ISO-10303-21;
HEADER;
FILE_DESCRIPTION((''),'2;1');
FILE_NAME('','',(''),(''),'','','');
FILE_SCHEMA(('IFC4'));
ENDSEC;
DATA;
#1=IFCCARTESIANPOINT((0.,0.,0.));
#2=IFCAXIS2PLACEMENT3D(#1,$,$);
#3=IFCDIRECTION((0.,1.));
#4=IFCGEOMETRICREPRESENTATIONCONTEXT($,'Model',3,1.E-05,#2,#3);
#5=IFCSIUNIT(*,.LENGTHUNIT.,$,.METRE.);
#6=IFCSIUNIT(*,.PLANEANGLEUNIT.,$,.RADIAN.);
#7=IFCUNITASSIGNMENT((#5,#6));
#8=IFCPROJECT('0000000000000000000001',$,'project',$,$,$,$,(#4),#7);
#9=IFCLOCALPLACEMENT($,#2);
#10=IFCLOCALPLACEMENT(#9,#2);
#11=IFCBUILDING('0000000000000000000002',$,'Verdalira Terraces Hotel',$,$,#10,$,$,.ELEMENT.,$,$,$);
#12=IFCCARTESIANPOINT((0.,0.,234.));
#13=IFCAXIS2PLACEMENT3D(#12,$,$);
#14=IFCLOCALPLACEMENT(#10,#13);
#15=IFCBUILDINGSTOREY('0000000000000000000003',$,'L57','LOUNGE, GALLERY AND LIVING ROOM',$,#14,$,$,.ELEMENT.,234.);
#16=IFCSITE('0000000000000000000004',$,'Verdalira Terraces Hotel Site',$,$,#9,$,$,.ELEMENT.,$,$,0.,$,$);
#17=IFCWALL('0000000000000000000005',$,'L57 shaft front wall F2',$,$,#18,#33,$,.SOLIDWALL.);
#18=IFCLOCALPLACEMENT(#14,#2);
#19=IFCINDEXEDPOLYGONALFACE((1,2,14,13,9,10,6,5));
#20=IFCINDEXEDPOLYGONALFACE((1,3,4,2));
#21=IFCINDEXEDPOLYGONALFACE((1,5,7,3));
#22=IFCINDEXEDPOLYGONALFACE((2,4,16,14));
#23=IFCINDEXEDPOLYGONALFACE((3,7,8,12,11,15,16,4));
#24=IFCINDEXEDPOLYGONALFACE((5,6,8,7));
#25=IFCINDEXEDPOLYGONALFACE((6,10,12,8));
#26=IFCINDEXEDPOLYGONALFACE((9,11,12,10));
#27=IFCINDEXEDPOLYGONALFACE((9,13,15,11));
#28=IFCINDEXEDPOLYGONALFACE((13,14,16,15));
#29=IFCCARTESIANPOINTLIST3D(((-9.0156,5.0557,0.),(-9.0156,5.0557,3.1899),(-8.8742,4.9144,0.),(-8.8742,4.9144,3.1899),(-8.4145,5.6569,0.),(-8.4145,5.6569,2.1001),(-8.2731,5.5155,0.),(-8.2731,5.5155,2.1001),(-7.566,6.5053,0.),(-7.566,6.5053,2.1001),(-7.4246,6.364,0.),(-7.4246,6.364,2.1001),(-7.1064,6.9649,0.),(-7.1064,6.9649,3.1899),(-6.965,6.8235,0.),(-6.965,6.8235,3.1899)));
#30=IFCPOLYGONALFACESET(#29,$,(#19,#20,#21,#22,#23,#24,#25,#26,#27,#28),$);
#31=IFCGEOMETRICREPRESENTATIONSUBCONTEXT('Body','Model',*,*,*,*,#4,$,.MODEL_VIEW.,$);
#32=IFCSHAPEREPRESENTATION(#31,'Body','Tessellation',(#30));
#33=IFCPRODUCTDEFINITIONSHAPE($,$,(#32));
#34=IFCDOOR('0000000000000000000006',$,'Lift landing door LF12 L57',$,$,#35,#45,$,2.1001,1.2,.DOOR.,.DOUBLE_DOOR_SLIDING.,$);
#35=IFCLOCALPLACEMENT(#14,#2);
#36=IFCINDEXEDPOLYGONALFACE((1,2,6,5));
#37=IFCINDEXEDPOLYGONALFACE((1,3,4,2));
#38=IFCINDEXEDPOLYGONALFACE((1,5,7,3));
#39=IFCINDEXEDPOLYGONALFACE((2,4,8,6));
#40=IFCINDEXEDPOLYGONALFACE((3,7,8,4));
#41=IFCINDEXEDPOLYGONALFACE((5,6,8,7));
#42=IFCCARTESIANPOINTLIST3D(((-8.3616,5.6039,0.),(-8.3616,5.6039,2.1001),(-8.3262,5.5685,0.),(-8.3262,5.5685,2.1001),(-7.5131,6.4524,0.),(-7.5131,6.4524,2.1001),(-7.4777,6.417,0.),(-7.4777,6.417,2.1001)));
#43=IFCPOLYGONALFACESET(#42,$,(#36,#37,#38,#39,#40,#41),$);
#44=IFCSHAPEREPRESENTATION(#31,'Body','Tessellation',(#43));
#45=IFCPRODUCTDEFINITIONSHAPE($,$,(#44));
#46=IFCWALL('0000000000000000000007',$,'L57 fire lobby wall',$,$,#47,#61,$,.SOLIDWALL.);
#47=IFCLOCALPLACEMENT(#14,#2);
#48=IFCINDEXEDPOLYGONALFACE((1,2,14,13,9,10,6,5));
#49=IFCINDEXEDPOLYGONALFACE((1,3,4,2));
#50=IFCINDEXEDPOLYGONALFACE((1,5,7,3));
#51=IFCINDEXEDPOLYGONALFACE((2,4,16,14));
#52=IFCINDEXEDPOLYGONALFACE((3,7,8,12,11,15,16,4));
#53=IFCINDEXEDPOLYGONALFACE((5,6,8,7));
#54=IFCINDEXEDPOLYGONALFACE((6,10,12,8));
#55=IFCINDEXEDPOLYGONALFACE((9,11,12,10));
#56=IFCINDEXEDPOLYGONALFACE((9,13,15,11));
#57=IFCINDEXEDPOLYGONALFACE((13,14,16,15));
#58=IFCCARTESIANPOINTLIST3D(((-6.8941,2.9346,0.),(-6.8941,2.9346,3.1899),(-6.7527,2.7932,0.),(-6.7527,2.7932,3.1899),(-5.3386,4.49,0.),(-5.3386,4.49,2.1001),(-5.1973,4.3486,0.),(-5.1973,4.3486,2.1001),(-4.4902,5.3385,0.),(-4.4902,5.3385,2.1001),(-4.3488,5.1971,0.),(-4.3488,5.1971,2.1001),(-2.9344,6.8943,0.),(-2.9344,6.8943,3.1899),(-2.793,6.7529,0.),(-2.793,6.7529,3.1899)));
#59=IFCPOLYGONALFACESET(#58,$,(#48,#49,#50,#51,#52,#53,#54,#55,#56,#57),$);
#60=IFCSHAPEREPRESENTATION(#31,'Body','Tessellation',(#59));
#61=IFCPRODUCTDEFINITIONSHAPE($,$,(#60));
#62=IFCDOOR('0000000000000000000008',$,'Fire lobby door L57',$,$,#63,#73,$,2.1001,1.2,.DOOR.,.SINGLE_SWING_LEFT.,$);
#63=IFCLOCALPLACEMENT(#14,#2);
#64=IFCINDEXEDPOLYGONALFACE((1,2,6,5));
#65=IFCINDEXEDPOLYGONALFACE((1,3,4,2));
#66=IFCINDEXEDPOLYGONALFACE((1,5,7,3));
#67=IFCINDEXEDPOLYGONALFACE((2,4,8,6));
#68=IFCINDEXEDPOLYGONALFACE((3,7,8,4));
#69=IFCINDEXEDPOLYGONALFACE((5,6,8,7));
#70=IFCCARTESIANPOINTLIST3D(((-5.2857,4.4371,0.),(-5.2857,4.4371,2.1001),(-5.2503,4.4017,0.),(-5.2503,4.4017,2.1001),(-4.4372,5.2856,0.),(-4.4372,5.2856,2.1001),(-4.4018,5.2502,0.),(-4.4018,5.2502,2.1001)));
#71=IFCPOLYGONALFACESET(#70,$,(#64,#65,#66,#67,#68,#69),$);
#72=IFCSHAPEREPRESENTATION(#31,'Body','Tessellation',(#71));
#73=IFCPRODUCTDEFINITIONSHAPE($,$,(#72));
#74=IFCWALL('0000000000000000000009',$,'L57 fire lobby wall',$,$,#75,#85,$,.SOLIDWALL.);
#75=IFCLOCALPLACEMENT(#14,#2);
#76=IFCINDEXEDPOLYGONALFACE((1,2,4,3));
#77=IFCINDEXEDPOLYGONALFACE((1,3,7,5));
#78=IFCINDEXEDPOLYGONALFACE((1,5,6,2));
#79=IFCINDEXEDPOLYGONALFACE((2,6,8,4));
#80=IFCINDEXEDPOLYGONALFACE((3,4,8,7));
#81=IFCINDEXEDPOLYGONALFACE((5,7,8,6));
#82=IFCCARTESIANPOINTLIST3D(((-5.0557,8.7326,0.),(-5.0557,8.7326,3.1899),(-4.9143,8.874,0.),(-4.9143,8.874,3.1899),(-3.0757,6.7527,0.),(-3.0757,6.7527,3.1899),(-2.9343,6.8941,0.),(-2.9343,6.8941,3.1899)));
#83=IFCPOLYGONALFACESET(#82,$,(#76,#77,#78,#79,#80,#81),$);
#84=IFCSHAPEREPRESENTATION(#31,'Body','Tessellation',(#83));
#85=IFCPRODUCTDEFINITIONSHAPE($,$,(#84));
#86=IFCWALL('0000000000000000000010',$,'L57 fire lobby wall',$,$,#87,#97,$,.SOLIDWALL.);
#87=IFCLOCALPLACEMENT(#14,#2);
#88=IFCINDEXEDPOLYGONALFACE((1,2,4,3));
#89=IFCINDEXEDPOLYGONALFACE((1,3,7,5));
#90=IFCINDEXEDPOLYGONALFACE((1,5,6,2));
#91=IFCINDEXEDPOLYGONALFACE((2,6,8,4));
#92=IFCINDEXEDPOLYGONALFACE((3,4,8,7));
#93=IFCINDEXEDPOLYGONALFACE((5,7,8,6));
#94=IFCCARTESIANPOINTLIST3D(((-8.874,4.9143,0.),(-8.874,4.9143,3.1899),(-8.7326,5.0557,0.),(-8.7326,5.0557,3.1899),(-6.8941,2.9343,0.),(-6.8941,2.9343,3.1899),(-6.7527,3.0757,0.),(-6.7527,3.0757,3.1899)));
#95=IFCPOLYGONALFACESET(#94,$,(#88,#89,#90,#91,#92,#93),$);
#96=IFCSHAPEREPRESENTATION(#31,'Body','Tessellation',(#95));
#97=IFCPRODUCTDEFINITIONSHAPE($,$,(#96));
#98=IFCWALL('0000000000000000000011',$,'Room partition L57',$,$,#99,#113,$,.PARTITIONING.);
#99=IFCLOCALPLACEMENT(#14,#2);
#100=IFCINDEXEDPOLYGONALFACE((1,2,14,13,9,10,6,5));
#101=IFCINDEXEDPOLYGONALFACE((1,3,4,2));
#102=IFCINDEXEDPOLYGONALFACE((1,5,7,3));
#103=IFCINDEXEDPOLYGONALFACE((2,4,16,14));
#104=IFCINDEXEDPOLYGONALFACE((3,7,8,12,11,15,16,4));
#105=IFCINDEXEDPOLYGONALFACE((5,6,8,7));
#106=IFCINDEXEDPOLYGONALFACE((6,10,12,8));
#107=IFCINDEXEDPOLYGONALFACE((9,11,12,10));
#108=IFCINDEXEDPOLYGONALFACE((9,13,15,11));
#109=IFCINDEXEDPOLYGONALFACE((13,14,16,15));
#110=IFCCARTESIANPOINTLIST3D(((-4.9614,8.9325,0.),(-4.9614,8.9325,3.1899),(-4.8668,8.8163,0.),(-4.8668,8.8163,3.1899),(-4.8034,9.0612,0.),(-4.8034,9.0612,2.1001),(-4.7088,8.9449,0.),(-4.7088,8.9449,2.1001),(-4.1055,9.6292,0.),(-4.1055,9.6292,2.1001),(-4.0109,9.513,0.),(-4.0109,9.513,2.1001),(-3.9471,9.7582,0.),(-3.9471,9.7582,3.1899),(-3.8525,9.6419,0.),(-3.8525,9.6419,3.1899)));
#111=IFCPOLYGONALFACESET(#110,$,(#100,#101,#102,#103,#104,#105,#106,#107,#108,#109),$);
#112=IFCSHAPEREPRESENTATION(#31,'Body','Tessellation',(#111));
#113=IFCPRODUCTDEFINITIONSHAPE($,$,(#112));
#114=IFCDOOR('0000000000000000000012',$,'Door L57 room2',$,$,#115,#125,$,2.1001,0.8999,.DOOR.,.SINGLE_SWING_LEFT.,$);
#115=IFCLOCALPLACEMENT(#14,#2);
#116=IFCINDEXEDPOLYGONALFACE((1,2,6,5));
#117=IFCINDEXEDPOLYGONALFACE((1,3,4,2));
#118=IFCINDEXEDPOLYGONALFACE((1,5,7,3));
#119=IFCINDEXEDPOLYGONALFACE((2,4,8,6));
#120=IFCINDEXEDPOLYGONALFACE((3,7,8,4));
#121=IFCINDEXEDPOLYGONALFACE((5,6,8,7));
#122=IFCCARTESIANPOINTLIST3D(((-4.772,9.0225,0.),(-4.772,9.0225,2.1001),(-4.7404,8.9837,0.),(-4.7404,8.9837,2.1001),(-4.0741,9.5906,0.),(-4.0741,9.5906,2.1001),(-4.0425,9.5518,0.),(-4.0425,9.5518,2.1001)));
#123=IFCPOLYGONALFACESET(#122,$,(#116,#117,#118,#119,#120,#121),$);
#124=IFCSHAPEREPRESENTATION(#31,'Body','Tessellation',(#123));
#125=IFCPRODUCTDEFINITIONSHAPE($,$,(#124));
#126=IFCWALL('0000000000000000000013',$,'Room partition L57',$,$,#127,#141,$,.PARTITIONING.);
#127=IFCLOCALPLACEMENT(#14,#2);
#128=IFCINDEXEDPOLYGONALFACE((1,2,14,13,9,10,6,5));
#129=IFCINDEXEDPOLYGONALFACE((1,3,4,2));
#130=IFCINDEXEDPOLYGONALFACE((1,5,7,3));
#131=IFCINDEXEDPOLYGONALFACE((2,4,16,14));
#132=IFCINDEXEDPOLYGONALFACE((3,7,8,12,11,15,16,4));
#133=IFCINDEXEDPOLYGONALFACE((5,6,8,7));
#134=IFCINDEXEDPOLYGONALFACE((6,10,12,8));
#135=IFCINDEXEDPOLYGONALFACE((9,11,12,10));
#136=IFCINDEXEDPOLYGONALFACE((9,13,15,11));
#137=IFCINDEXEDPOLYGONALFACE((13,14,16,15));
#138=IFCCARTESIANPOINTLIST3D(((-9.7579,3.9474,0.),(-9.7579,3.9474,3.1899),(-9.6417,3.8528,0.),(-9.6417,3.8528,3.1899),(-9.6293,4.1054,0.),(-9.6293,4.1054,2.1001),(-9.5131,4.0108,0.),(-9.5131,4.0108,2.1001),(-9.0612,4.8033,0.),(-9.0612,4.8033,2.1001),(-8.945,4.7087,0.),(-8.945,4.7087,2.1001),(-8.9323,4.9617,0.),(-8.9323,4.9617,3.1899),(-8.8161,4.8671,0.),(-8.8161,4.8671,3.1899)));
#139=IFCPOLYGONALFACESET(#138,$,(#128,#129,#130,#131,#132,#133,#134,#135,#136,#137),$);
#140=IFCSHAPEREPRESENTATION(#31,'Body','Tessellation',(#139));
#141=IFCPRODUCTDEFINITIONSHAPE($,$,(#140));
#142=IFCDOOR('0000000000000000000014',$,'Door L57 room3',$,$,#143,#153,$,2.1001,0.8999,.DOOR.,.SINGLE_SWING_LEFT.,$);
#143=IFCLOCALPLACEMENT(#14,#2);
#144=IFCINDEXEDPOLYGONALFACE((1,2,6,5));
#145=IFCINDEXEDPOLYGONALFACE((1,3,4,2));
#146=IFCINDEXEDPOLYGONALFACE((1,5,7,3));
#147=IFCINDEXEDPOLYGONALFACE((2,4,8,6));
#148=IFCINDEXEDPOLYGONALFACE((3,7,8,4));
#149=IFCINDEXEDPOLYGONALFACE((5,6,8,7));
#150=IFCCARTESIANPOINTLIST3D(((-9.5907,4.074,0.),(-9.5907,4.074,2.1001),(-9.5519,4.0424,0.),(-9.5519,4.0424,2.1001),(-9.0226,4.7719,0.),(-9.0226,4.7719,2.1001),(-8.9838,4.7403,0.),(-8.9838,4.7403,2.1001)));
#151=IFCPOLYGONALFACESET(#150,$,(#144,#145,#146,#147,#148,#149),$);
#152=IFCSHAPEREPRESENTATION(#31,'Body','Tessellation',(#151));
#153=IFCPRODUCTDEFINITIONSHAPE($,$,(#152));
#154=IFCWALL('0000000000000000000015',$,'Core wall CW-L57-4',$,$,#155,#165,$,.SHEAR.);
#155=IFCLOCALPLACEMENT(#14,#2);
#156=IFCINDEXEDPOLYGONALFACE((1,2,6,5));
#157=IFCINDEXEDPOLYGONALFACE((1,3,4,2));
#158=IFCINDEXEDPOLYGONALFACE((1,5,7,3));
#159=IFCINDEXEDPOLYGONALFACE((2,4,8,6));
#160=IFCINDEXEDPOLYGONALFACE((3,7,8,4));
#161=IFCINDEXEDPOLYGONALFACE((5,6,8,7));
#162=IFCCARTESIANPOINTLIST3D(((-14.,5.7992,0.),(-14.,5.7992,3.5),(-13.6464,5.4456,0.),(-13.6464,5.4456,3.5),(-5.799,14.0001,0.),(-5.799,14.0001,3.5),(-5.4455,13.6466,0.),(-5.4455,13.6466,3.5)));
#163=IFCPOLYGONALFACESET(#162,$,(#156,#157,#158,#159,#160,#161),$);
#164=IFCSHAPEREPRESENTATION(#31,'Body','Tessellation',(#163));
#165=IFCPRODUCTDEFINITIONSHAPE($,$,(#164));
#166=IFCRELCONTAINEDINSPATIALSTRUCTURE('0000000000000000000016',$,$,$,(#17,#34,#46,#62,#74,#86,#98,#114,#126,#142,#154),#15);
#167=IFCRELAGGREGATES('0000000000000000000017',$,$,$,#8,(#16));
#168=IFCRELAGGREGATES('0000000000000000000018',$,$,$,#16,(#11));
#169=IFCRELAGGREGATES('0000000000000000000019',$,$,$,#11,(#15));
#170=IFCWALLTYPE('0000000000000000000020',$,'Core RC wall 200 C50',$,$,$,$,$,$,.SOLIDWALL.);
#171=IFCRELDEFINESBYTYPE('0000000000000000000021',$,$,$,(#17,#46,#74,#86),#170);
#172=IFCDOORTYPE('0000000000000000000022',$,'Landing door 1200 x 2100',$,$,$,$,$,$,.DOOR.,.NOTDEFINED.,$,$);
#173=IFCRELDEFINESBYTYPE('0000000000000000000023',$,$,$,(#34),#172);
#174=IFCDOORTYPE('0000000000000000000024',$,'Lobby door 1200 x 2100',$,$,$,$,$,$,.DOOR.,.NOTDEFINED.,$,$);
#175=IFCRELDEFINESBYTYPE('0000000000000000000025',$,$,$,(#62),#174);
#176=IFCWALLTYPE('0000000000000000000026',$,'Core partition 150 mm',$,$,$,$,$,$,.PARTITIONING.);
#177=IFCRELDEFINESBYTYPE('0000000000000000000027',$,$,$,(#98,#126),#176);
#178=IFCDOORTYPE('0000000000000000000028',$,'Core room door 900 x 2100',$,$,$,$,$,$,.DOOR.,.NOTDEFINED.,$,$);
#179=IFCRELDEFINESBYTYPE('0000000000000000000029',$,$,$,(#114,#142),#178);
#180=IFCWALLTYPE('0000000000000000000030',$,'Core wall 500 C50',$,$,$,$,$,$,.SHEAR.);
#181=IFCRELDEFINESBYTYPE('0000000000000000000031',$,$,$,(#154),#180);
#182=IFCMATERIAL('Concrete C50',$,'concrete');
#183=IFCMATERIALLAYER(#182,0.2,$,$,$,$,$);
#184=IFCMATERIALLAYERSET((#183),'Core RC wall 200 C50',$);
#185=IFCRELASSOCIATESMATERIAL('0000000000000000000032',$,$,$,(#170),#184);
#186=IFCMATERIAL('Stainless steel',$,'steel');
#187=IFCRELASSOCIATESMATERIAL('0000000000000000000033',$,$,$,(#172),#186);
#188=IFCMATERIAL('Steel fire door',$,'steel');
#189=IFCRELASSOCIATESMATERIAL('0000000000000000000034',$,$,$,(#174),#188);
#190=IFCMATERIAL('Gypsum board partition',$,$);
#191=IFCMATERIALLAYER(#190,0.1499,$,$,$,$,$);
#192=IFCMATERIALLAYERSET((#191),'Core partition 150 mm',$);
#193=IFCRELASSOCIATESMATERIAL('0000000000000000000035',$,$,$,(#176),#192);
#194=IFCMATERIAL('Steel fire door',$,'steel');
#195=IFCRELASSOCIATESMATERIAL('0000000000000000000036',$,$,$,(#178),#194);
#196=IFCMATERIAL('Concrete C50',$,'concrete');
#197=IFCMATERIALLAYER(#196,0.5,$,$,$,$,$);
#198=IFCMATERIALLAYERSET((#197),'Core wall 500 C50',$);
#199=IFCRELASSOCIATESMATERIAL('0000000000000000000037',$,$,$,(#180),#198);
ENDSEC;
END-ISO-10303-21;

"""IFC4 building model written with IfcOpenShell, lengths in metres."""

from ifc_helpers import new_model, si_unit, direction, frame, frame_2d, origin, place, context, subcontext, project, spatial, rectangle, extrude, material, layer, layer_set, type_object, element, fill, save


model = new_model("IFC4")

# Units and contexts
model_context = context("Model", 3, precision=1e-05, world=origin(), true_north=direction((0.0, 1.0)))
body_context = subcontext(model_context, "Body", "Model", "MODEL_VIEW")
ifc_project = project(units=[si_unit("LENGTHUNIT", "METRE"), si_unit("PLANEANGLEUNIT", "RADIAN")], contexts=[model_context])

# Site, building, storey
site_placement = place(None, origin())
site = spatial("IfcSite", under=ifc_project, at=site_placement, Name="Verdalira Terraces Hotel Site", CompositionType="ELEMENT", RefElevation=0.0)
building_placement = place(site_placement, origin())
building = spatial("IfcBuilding", under=site, at=building_placement, Name="Verdalira Terraces Hotel", CompositionType="ELEMENT")
storey_placement = place(building_placement, frame((0.0, 0.0, 234.0)))
storey = spatial("IfcBuildingStorey", under=building, at=storey_placement, Name="L57", Description="LOUNGE, GALLERY AND LIVING ROOM", CompositionType="ELEMENT", Elevation=234.0)

# Walls, openings, doors
ifc_material_1 = material(Name="Concrete C50", Category="concrete")
ifc_layer_1 = layer(ifc_material_1, 0.2)
ifc_layer_set_1 = layer_set([ifc_layer_1], Name="Core RC wall 200 C50")
wall_type_1 = type_object("IfcWallType", Name="Core RC wall 200 C50", PredefinedType="SOLIDWALL", material=ifc_layer_set_1)
ifc_material_2 = material(Name="Stainless steel", Category="steel")
door_type_1 = type_object("IfcDoorType", Name="Landing door 1200 x 2100", OperationType="NOTDEFINED", PredefinedType="DOOR", material=ifc_material_2)
wall_1_placement = place(storey_placement, frame((-7.0356, 6.8943, 0.0), z_axis=(0.0, 0.0, 1.0), x_axis=(-0.707107, -0.707107, 0.0)))
wall_1 = element("IfcWall", 1, at=wall_1_placement, inside=storey, type_object=wall_type_1, Name="L57 shaft front wall F2", PredefinedType="SOLIDWALL", context=body_context, shape_type="SweptSolid", body=[
    extrude(rectangle(XDim=2.7, YDim=0.2, at=frame_2d((1.3501, 0.0))), origin(), (0.0, 0.0, 1.0), 3.1899),
])
opening_1_placement = place(wall_1_placement, frame((0.6499, 0.0, 0.0)))
opening_1 = element("IfcOpeningElement", 2, at=opening_1_placement, cuts=wall_1, PredefinedType="OPENING", context=body_context, shape_type="SweptSolid", body=[
    extrude(rectangle(XDim=1.2, YDim=2.1001, at=frame_2d((0.6001, 1.05))), frame((0.0, 0.1099, 0.0), z_axis=(0.0, -1.0, 0.0), x_axis=(1.0, 0.0, 0.0)), (0.0, 0.0, 1.0), 0.22),
])
door_1_placement = place(opening_1_placement, origin())
door_1 = element("IfcDoor", 3, at=door_1_placement, inside=storey, type_object=door_type_1, Name="Lift landing door LF12 L57", OperationType="DOUBLE_DOOR_SLIDING", OverallHeight=2.1001, OverallWidth=1.2, PredefinedType="DOOR", context=body_context, shape_type="SweptSolid", body=[
    extrude(rectangle(XDim=1.2, YDim=2.1001, at=frame_2d((0.6001, 1.05))), frame((0.0, 0.0249, 0.0), z_axis=(0.0, -1.0, 0.0), x_axis=(1.0, 0.0, 0.0)), (0.0, 0.0, 1.0), 0.05),
])
fill(opening_1, door_1)
wall_2_placement = place(storey_placement, frame((-2.8638, 6.8235, 0.0), z_axis=(0.0, 0.0, 1.0), x_axis=(-0.707107, -0.707107, 0.0)))
wall_2 = element("IfcWall", 4, at=wall_2_placement, inside=storey, type_object=wall_type_1, Name="L57 fire lobby wall", PredefinedType="SOLIDWALL", context=body_context, shape_type="SweptSolid", body=[
    extrude(rectangle(XDim=5.5999, YDim=0.2, at=frame_2d((2.7998, 0.0))), origin(), (0.0, 0.0, 1.0), 3.1899),
])
opening_2_placement = place(wall_2_placement, frame((2.2, 0.0, 0.0)))
opening_2 = element("IfcOpeningElement", 5, at=opening_2_placement, cuts=wall_2, PredefinedType="OPENING", context=body_context, shape_type="SweptSolid", body=[
    extrude(rectangle(XDim=1.2, YDim=2.1001, at=frame_2d((0.6001, 1.05))), frame((0.0, 0.1099, 0.0), z_axis=(0.0, -1.0, 0.0), x_axis=(1.0, 0.0, 0.0)), (0.0, 0.0, 1.0), 0.22),
])
ifc_material_3 = material(Name="Steel fire door", Category="steel")
door_type_2 = type_object("IfcDoorType", Name="Lobby door 1200 x 2100", OperationType="NOTDEFINED", PredefinedType="DOOR", material=ifc_material_3)
door_2_placement = place(opening_2_placement, origin())
door_2 = element("IfcDoor", 6, at=door_2_placement, inside=storey, type_object=door_type_2, Name="Fire lobby door L57", OperationType="SINGLE_SWING_LEFT", OverallHeight=2.1001, OverallWidth=1.2, PredefinedType="DOOR", context=body_context, shape_type="SweptSolid", body=[
    extrude(rectangle(XDim=1.2, YDim=2.1001, at=frame_2d((0.6001, 1.05))), frame((0.0, 0.0249, 0.0), z_axis=(0.0, -1.0, 0.0), x_axis=(1.0, 0.0, 0.0)), (0.0, 0.0, 1.0), 0.05),
])
fill(opening_2, door_2)

# Walls
for number, where, z_axis, x_axis, name in (
    (7, (-3.0051, 6.8235, 0.0), (0.0, 0.0, 1.0), (-0.707107, 0.707107, 0.0), "L57 fire lobby wall"),
    (8, (-6.8235, 3.0051, 0.0), (0.0, 0.0, 1.0), (-0.707107, 0.707107, 0.0), "L57 fire lobby wall"),
):
    element("IfcWall", number, at=place(storey_placement, frame(where, z_axis=z_axis, x_axis=x_axis)), inside=storey, type_object=wall_type_1, Name=name, PredefinedType="SOLIDWALL", context=body_context, shape_type="SweptSolid", body=[
        extrude(rectangle(XDim=2.8, YDim=0.2, at=frame_2d((1.3999, 0.0))), origin(), (0.0, 0.0, 1.0), 3.1899),
    ])

# Walls, openings, doors
ifc_material_4 = material(Name="Gypsum board partition")
ifc_layer_2 = layer(ifc_material_4, 0.1499)
ifc_layer_set_2 = layer_set([ifc_layer_2], Name="Core partition 150 mm")
wall_type_2 = type_object("IfcWallType", Name="Core partition 150 mm", PredefinedType="PARTITIONING", material=ifc_layer_set_2)
wall_3_placement = place(storey_placement, frame((-3.8999, 9.7, 0.0), z_axis=(0.0, 0.0, 1.0), x_axis=(-0.77556, -0.631274, 0.0)))
wall_3 = element("IfcWall", 9, at=wall_3_placement, inside=storey, type_object=wall_type_2, Name="Room partition L57", PredefinedType="PARTITIONING", context=body_context, shape_type="SweptSolid", body=[
    extrude(rectangle(XDim=1.3079, YDim=0.1499, at=frame_2d((0.6538, 0.0))), origin(), (0.0, 0.0, 1.0), 3.1899),
])
opening_3_placement = place(wall_3_placement, frame((0.2041, 0.0, 0.0)))
opening_3 = element("IfcOpeningElement", 10, at=opening_3_placement, cuts=wall_3, PredefinedType="OPENING", context=body_context, shape_type="SweptSolid", body=[
    extrude(rectangle(XDim=0.8999, YDim=2.1001, at=frame_2d((0.45, 1.05))), frame((0.0, 0.085, 0.0), z_axis=(0.0, -1.0, 0.0), x_axis=(1.0, 0.0, 0.0)), (0.0, 0.0, 1.0), 0.1699),
])
ifc_material_5 = material(Name="Steel fire door", Category="steel")
door_type_3 = type_object("IfcDoorType", Name="Core room door 900 x 2100", OperationType="NOTDEFINED", PredefinedType="DOOR", material=ifc_material_5)
door_3_placement = place(opening_3_placement, origin())
door_3 = element("IfcDoor", 11, at=door_3_placement, inside=storey, type_object=door_type_3, Name="Door L57 room2", OperationType="SINGLE_SWING_LEFT", OverallHeight=2.1001, OverallWidth=0.8999, PredefinedType="DOOR", context=body_context, shape_type="SweptSolid", body=[
    extrude(rectangle(XDim=0.8999, YDim=2.1001, at=frame_2d((0.45, 1.05))), frame((0.0, 0.0249, 0.0), z_axis=(0.0, -1.0, 0.0), x_axis=(1.0, 0.0, 0.0)), (0.0, 0.0, 1.0), 0.05),
])
fill(opening_3, door_3)
wall_4_placement = place(storey_placement, frame((-8.8743, 4.9143, 0.0), z_axis=(0.0, 0.0, 1.0), x_axis=(-0.631274, -0.77556, 0.0)))
wall_4 = element("IfcWall", 12, at=wall_4_placement, inside=storey, type_object=wall_type_2, Name="Room partition L57", PredefinedType="PARTITIONING", context=body_context, shape_type="SweptSolid", body=[
    extrude(rectangle(XDim=1.3079, YDim=0.1499, at=frame_2d((0.6538, 0.0))), origin(), (0.0, 0.0, 1.0), 3.1899),
])
opening_4_placement = place(wall_4_placement, frame((0.2041, 0.0, 0.0)))
opening_4 = element("IfcOpeningElement", 13, at=opening_4_placement, cuts=wall_4, PredefinedType="OPENING", context=body_context, shape_type="SweptSolid", body=[
    extrude(rectangle(XDim=0.8999, YDim=2.1001, at=frame_2d((0.45, 1.05))), frame((0.0, 0.085, 0.0), z_axis=(0.0, -1.0, 0.0), x_axis=(1.0, 0.0, 0.0)), (0.0, 0.0, 1.0), 0.1699),
])
door_4_placement = place(opening_4_placement, origin())
door_4 = element("IfcDoor", 14, at=door_4_placement, inside=storey, type_object=door_type_3, Name="Door L57 room3", OperationType="SINGLE_SWING_LEFT", OverallHeight=2.1001, OverallWidth=0.8999, PredefinedType="DOOR", context=body_context, shape_type="SweptSolid", body=[
    extrude(rectangle(XDim=0.8999, YDim=2.1001, at=frame_2d((0.45, 1.05))), frame((0.0, 0.0249, 0.0), z_axis=(0.0, -1.0, 0.0), x_axis=(1.0, 0.0, 0.0)), (0.0, 0.0, 1.0), 0.05),
])
fill(opening_4, door_4)

# Wall
ifc_material_6 = material(Name="Concrete C50", Category="concrete")
ifc_layer_3 = layer(ifc_material_6, 0.5)
ifc_layer_set_3 = layer_set([ifc_layer_3], Name="Core wall 500 C50")
wall_type_3 = type_object("IfcWallType", Name="Core wall 500 C50", PredefinedType="SHEAR", material=ifc_layer_set_3)
wall_5_placement = place(storey_placement, frame((-5.6223, 13.8232, 0.0), z_axis=(0.0, 0.0, 1.0), x_axis=(-0.707107, -0.707107, 0.0)))
element("IfcWall", 15, at=wall_5_placement, inside=storey, type_object=wall_type_3, Name="Core wall CW-L57-4", PredefinedType="SHEAR", context=body_context, shape_type="SweptSolid", body=[
    extrude(rectangle(XDim=11.5979, YDim=0.5, at=frame_2d((5.7988, 0.0))), origin(), (0.0, 0.0, 1.0), 3.5),
])

save(model, "model.ifc")
